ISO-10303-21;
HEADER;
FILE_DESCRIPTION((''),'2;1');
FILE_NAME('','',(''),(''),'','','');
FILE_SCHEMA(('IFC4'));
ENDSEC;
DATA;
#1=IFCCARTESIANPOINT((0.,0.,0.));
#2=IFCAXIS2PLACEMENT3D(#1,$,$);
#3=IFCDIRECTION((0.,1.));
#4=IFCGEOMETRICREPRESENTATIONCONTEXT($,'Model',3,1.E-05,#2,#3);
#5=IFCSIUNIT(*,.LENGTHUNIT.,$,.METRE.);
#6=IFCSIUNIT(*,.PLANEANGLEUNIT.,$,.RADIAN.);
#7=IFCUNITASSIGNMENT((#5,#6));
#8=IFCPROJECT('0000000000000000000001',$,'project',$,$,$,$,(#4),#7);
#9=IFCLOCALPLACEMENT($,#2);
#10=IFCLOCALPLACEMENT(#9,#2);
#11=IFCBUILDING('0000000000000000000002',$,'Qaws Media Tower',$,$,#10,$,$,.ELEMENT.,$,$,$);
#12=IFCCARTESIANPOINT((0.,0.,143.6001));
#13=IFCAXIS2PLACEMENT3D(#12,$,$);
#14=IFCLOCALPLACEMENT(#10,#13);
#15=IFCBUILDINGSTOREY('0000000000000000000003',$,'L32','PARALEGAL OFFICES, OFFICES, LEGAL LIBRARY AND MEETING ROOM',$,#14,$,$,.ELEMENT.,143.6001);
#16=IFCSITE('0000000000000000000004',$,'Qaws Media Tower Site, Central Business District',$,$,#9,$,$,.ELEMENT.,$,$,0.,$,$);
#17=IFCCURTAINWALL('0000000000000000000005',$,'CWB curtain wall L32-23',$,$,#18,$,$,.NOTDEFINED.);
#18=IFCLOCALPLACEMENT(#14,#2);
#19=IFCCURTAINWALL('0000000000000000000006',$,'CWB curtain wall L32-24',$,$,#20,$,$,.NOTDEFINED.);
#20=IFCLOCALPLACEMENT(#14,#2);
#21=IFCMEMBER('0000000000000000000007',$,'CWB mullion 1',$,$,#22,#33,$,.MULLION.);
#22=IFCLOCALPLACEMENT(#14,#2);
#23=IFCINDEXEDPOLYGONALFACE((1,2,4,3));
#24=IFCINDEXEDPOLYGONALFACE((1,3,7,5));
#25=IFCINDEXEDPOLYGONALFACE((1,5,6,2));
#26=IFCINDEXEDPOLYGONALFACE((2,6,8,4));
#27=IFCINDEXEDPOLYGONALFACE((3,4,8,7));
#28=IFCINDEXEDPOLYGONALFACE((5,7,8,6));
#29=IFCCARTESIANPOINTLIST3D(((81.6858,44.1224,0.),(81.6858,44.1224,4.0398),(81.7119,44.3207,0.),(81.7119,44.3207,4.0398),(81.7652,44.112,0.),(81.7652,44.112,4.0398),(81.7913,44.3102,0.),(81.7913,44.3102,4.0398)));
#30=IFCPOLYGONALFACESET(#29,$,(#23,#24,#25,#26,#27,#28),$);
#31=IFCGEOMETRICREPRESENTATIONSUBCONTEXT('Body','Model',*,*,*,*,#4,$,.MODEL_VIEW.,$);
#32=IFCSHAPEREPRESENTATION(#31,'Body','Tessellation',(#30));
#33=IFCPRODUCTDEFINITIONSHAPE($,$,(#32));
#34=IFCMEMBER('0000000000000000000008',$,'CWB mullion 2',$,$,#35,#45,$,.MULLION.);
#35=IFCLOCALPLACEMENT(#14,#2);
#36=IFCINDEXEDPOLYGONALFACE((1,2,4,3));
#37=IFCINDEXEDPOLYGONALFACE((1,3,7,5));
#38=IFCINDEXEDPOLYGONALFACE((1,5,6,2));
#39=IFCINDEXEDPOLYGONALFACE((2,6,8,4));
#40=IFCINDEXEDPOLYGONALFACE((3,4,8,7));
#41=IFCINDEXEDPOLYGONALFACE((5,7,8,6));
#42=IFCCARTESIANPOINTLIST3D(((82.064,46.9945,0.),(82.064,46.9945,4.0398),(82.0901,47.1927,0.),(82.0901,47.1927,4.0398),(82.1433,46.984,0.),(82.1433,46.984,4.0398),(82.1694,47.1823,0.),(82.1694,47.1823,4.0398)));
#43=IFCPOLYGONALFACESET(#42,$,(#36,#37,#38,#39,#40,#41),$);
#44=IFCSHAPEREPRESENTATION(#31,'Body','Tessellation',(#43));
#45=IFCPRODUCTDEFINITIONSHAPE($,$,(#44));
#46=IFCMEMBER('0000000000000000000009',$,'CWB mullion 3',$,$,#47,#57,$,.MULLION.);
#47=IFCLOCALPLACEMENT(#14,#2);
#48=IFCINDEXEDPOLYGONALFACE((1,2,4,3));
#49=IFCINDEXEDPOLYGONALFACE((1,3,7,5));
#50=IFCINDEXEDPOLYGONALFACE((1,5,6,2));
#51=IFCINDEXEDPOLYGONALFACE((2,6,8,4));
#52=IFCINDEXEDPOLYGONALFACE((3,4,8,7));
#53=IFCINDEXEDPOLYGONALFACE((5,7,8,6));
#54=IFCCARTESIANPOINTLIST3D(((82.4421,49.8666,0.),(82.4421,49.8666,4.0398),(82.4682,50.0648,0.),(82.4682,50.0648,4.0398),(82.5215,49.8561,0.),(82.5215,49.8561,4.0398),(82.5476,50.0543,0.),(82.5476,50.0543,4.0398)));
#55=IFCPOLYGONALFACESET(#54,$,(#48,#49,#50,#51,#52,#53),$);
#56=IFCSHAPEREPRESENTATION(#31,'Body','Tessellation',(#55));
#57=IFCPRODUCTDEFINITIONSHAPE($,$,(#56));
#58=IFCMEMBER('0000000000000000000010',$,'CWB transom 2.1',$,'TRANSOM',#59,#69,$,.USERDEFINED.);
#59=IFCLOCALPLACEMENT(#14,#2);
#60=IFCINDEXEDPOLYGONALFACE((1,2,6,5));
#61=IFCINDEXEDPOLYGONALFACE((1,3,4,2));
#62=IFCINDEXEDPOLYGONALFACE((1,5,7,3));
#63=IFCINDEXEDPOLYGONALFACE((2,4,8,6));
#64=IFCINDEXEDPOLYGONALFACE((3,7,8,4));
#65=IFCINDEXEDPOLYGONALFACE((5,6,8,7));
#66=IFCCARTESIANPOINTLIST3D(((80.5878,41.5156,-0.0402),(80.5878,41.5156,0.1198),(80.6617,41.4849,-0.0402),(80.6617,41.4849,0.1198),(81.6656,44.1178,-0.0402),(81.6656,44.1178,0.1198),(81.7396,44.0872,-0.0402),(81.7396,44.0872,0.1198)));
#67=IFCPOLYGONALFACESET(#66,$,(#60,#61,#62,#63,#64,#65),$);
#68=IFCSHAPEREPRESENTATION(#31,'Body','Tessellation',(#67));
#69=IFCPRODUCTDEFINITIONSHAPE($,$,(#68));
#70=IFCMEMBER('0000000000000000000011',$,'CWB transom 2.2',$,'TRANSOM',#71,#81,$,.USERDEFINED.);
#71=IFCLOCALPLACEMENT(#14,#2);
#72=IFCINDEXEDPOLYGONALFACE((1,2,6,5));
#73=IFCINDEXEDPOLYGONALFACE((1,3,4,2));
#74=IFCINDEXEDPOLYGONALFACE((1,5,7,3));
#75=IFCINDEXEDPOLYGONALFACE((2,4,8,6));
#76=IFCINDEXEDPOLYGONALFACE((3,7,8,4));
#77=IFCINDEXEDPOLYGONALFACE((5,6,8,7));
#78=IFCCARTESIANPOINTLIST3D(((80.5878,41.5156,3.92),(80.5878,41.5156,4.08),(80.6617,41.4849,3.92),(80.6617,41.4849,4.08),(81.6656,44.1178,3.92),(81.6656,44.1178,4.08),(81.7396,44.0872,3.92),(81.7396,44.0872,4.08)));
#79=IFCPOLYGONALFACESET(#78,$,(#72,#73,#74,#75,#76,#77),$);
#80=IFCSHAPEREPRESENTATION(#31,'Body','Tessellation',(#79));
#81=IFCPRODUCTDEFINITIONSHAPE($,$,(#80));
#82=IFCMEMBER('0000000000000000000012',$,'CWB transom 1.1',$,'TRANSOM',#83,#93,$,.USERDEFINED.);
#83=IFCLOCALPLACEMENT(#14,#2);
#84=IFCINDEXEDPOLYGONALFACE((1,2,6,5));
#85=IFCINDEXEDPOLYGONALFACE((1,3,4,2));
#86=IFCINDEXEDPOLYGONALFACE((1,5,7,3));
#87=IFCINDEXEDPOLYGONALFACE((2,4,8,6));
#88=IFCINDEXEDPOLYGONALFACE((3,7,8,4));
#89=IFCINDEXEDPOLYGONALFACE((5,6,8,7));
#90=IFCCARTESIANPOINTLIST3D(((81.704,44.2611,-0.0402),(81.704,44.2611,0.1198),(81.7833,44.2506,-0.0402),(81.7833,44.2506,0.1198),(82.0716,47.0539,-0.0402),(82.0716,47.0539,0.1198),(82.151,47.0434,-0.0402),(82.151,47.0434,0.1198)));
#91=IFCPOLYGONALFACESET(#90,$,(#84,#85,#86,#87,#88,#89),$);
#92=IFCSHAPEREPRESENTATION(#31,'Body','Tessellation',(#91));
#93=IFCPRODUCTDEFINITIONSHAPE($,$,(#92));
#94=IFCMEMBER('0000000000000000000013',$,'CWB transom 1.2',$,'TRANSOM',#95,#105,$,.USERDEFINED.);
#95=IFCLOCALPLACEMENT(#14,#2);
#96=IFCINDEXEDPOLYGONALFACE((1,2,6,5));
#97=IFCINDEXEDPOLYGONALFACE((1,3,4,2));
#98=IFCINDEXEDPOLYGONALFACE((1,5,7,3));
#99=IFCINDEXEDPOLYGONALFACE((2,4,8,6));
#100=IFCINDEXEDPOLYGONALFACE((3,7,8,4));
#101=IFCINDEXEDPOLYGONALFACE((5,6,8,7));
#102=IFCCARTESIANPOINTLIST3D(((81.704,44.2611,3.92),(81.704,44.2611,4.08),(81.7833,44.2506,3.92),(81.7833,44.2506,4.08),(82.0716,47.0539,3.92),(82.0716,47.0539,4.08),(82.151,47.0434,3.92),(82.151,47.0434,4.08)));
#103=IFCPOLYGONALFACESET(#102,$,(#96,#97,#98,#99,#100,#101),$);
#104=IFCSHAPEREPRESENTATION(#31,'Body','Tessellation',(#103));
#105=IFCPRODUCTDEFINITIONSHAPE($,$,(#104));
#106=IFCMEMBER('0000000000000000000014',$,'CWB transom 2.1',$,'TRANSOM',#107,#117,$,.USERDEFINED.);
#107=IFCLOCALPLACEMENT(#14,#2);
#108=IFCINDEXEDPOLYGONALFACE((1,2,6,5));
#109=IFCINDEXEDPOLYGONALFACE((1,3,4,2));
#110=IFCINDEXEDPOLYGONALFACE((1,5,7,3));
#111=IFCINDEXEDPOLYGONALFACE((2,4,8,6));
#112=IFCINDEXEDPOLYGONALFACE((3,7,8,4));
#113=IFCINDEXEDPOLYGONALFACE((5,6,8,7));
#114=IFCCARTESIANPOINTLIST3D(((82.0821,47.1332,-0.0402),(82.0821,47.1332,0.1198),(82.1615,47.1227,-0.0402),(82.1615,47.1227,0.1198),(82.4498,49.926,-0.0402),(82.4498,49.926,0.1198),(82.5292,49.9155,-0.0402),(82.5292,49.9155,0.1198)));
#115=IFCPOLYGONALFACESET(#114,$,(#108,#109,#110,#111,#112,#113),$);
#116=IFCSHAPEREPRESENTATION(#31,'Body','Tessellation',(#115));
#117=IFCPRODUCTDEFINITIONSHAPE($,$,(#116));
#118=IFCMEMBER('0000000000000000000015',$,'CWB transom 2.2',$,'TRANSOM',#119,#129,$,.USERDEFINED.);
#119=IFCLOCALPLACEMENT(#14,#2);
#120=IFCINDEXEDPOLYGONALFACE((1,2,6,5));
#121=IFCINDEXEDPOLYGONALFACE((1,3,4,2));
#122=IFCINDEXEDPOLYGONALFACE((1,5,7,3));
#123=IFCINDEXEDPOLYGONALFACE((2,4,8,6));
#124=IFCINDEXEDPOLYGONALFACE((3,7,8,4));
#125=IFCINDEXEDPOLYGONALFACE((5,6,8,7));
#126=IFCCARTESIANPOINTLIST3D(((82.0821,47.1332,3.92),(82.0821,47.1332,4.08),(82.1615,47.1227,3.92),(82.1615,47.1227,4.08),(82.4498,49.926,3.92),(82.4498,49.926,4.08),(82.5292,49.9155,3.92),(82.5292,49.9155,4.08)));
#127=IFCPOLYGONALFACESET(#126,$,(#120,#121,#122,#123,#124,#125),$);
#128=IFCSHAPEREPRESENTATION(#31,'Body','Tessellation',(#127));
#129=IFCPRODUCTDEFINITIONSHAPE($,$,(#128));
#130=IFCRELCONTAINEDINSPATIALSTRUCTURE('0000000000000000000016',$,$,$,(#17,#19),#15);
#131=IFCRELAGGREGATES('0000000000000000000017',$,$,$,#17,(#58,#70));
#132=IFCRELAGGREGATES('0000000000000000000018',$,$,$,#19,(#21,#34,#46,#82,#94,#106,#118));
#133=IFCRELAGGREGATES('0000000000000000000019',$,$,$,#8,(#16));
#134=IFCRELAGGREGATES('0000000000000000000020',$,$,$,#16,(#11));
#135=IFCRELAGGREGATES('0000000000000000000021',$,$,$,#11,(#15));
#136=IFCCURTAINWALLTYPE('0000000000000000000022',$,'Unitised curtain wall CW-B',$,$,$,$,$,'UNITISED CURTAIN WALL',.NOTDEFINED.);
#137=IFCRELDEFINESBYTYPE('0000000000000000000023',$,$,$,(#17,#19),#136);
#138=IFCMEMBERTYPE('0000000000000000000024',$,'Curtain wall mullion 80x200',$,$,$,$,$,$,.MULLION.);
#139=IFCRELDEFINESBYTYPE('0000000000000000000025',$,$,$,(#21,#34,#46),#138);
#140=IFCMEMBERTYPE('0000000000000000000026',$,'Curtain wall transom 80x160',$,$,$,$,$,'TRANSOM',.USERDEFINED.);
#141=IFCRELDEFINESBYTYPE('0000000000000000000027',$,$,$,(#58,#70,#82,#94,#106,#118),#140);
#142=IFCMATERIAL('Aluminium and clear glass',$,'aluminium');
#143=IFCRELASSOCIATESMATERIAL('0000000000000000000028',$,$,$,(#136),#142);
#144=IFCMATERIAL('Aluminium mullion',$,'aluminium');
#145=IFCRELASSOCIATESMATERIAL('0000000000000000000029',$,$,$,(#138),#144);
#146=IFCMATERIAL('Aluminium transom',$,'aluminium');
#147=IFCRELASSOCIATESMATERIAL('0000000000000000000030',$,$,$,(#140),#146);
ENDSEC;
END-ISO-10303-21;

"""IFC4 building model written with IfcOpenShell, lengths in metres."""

from ifc_helpers import new_model, si_unit, direction, frame, origin, origin_2d, place, context, subcontext, project, spatial, rectangle, extrude, material, material_profile, profile_set, type_object, element, aggregate, save


model = new_model("IFC4")

# Units and contexts
model_context = context("Model", 3, precision=1e-05, world=origin(), true_north=direction((0.0, 1.0)))
body_context = subcontext(model_context, "Body", "Model", "MODEL_VIEW")
ifc_project = project(units=[si_unit("LENGTHUNIT", "METRE"), si_unit("PLANEANGLEUNIT", "RADIAN")], contexts=[model_context])

# Site, building, storey
site_placement = place(None, origin())
site = spatial("IfcSite", under=ifc_project, at=site_placement, Name="Qaws Media Tower Site, Central Business District", CompositionType="ELEMENT", RefElevation=0.0)
building_placement = place(site_placement, origin())
building = spatial("IfcBuilding", under=site, at=building_placement, Name="Qaws Media Tower", CompositionType="ELEMENT")
storey_placement = place(building_placement, frame((0.0, 0.0, 143.6001)))
storey = spatial("IfcBuildingStorey", under=building, at=storey_placement, Name="L32", Description="PARALEGAL OFFICES, OFFICES, LEGAL LIBRARY AND MEETING ROOM", CompositionType="ELEMENT", Elevation=143.6001)

# Curtain walls, members
ifc_material_1 = material(Name="Aluminium and clear glass", Category="aluminium")
curtain_wall_type = type_object("IfcCurtainWallType", Name="Unitised curtain wall CW-B", ElementType="UNITISED CURTAIN WALL", PredefinedType="NOTDEFINED", material=ifc_material_1)
curtain_wall_1_placement = place(storey_placement, origin())
curtain_wall_1 = element("IfcCurtainWall", 1, at=curtain_wall_1_placement, inside=storey, type_object=curtain_wall_type, Name="CWB curtain wall L32-23", PredefinedType="NOTDEFINED")
ifc_material_2 = material(Name="Aluminium mullion", Category="aluminium")
ifc_material_profile_1 = material_profile(ifc_material_2, rectangle(XDim=0.0801, YDim=0.2, at=origin_2d()), Name="80x200")
ifc_profile_set_1 = profile_set([ifc_material_profile_1], Name="Aluminium mullion")
member_type_1 = type_object("IfcMemberType", Name="Curtain wall mullion 80x200", PredefinedType="MULLION", material=ifc_profile_set_1)
curtain_wall_2_placement = place(storey_placement, origin())
curtain_wall_2 = element("IfcCurtainWall", 2, at=curtain_wall_2_placement, inside=storey, type_object=curtain_wall_type, Name="CWB curtain wall L32-24", PredefinedType="NOTDEFINED")
member_1_placement = place(storey_placement, frame((81.7385, 44.2163, 0.0), z_axis=(0.0, 0.0, 1.0), x_axis=(-0.991445, 0.130526, 0.0)))
member_1 = element("IfcMember", 3, at=member_1_placement, type_object=member_type_1, Name="CWB mullion 1", PredefinedType="MULLION", context=body_context, shape_type="SweptSolid", body=[
    extrude(rectangle(XDim=0.0801, YDim=0.2, at=origin_2d()), origin(), (0.0, 0.0, 1.0), 4.0398),
])
member_2_placement = place(storey_placement, frame((82.1167, 47.0884, 0.0), z_axis=(0.0, 0.0, 1.0), x_axis=(-0.991445, 0.130526, 0.0)))
member_2 = element("IfcMember", 4, at=member_2_placement, type_object=member_type_1, Name="CWB mullion 2", PredefinedType="MULLION", context=body_context, shape_type="SweptSolid", body=[
    extrude(rectangle(XDim=0.0801, YDim=0.2, at=origin_2d()), origin(), (0.0, 0.0, 1.0), 4.0398),
])
member_3_placement = place(storey_placement, frame((82.4949, 49.9604, 0.0), z_axis=(0.0, 0.0, 1.0), x_axis=(-0.991445, 0.130526, 0.0)))
member_3 = element("IfcMember", 5, at=member_3_placement, type_object=member_type_1, Name="CWB mullion 3", PredefinedType="MULLION", context=body_context, shape_type="SweptSolid", body=[
    extrude(rectangle(XDim=0.0801, YDim=0.2, at=origin_2d()), origin(), (0.0, 0.0, 1.0), 4.0398),
])

# Members
ifc_material_3 = material(Name="Aluminium transom", Category="aluminium")
ifc_material_profile_2 = material_profile(ifc_material_3, rectangle(XDim=0.0801, YDim=0.1599, at=origin_2d()), Name="80x160")
ifc_profile_set_2 = profile_set([ifc_material_profile_2], Name="Aluminium transom")
member_type_2 = type_object("IfcMemberType", Name="Curtain wall transom 80x160", ElementType="TRANSOM", PredefinedType="USERDEFINED", material=ifc_profile_set_2)
member_4_placement = place(storey_placement, frame((80.6248, 41.5002, 0.0398), z_axis=(0.382676, 0.923883, 0.0), x_axis=(-0.923883, 0.382676, 0.0)))
member_4 = element("IfcMember", 6, at=member_4_placement, type_object=member_type_2, Name="CWB transom 2.1", ObjectType="TRANSOM", PredefinedType="USERDEFINED", context=body_context, shape_type="SweptSolid", body=[
    extrude(rectangle(XDim=0.0801, YDim=0.1599, at=origin_2d()), origin(), (0.0, 0.0, 1.0), 2.8167),
])
member_5_placement = place(storey_placement, frame((80.6248, 41.5002, 4.0), z_axis=(0.382676, 0.923883, 0.0), x_axis=(-0.923883, 0.382676, 0.0)))
member_5 = element("IfcMember", 7, at=member_5_placement, type_object=member_type_2, Name="CWB transom 2.2", ObjectType="TRANSOM", PredefinedType="USERDEFINED", context=body_context, shape_type="SweptSolid", body=[
    extrude(rectangle(XDim=0.0801, YDim=0.1599, at=origin_2d()), origin(), (0.0, 0.0, 1.0), 2.8167),
])
member_6_placement = place(storey_placement, frame((81.7437, 44.2559, 0.0398), z_axis=(0.130528, 0.991445, 0.0), x_axis=(-0.991445, 0.130528, 0.0)))
member_6 = element("IfcMember", 8, at=member_6_placement, type_object=member_type_2, Name="CWB transom 1.1", ObjectType="TRANSOM", PredefinedType="USERDEFINED", context=body_context, shape_type="SweptSolid", body=[
    extrude(rectangle(XDim=0.0801, YDim=0.1599, at=origin_2d()), origin(), (0.0, 0.0, 1.0), 2.8169),
])
member_7_placement = place(storey_placement, frame((81.7437, 44.2559, 4.0), z_axis=(0.130528, 0.991445, 0.0), x_axis=(-0.991445, 0.130528, 0.0)))
member_7 = element("IfcMember", 9, at=member_7_placement, type_object=member_type_2, Name="CWB transom 1.2", ObjectType="TRANSOM", PredefinedType="USERDEFINED", context=body_context, shape_type="SweptSolid", body=[
    extrude(rectangle(XDim=0.0801, YDim=0.1599, at=origin_2d()), origin(), (0.0, 0.0, 1.0), 2.8169),
])
member_8_placement = place(storey_placement, frame((82.1218, 47.1279, 0.0398), z_axis=(0.130528, 0.991445, 0.0), x_axis=(-0.991445, 0.130528, 0.0)))
member_8 = element("IfcMember", 10, at=member_8_placement, type_object=member_type_2, Name="CWB transom 2.1", ObjectType="TRANSOM", PredefinedType="USERDEFINED", context=body_context, shape_type="SweptSolid", body=[
    extrude(rectangle(XDim=0.0801, YDim=0.1599, at=origin_2d()), origin(), (0.0, 0.0, 1.0), 2.8169),
])
member_9_placement = place(storey_placement, frame((82.1218, 47.1279, 4.0), z_axis=(0.130528, 0.991445, 0.0), x_axis=(-0.991445, 0.130528, 0.0)))
member_9 = element("IfcMember", 11, at=member_9_placement, type_object=member_type_2, Name="CWB transom 2.2", ObjectType="TRANSOM", PredefinedType="USERDEFINED", context=body_context, shape_type="SweptSolid", body=[
    extrude(rectangle(XDim=0.0801, YDim=0.1599, at=origin_2d()), origin(), (0.0, 0.0, 1.0), 2.8169),
])

aggregate(curtain_wall_1, [member_4, member_5])
aggregate(curtain_wall_2, [member_1, member_2, member_3, member_6, member_7, member_8, member_9])

save(model, "model.ifc")
